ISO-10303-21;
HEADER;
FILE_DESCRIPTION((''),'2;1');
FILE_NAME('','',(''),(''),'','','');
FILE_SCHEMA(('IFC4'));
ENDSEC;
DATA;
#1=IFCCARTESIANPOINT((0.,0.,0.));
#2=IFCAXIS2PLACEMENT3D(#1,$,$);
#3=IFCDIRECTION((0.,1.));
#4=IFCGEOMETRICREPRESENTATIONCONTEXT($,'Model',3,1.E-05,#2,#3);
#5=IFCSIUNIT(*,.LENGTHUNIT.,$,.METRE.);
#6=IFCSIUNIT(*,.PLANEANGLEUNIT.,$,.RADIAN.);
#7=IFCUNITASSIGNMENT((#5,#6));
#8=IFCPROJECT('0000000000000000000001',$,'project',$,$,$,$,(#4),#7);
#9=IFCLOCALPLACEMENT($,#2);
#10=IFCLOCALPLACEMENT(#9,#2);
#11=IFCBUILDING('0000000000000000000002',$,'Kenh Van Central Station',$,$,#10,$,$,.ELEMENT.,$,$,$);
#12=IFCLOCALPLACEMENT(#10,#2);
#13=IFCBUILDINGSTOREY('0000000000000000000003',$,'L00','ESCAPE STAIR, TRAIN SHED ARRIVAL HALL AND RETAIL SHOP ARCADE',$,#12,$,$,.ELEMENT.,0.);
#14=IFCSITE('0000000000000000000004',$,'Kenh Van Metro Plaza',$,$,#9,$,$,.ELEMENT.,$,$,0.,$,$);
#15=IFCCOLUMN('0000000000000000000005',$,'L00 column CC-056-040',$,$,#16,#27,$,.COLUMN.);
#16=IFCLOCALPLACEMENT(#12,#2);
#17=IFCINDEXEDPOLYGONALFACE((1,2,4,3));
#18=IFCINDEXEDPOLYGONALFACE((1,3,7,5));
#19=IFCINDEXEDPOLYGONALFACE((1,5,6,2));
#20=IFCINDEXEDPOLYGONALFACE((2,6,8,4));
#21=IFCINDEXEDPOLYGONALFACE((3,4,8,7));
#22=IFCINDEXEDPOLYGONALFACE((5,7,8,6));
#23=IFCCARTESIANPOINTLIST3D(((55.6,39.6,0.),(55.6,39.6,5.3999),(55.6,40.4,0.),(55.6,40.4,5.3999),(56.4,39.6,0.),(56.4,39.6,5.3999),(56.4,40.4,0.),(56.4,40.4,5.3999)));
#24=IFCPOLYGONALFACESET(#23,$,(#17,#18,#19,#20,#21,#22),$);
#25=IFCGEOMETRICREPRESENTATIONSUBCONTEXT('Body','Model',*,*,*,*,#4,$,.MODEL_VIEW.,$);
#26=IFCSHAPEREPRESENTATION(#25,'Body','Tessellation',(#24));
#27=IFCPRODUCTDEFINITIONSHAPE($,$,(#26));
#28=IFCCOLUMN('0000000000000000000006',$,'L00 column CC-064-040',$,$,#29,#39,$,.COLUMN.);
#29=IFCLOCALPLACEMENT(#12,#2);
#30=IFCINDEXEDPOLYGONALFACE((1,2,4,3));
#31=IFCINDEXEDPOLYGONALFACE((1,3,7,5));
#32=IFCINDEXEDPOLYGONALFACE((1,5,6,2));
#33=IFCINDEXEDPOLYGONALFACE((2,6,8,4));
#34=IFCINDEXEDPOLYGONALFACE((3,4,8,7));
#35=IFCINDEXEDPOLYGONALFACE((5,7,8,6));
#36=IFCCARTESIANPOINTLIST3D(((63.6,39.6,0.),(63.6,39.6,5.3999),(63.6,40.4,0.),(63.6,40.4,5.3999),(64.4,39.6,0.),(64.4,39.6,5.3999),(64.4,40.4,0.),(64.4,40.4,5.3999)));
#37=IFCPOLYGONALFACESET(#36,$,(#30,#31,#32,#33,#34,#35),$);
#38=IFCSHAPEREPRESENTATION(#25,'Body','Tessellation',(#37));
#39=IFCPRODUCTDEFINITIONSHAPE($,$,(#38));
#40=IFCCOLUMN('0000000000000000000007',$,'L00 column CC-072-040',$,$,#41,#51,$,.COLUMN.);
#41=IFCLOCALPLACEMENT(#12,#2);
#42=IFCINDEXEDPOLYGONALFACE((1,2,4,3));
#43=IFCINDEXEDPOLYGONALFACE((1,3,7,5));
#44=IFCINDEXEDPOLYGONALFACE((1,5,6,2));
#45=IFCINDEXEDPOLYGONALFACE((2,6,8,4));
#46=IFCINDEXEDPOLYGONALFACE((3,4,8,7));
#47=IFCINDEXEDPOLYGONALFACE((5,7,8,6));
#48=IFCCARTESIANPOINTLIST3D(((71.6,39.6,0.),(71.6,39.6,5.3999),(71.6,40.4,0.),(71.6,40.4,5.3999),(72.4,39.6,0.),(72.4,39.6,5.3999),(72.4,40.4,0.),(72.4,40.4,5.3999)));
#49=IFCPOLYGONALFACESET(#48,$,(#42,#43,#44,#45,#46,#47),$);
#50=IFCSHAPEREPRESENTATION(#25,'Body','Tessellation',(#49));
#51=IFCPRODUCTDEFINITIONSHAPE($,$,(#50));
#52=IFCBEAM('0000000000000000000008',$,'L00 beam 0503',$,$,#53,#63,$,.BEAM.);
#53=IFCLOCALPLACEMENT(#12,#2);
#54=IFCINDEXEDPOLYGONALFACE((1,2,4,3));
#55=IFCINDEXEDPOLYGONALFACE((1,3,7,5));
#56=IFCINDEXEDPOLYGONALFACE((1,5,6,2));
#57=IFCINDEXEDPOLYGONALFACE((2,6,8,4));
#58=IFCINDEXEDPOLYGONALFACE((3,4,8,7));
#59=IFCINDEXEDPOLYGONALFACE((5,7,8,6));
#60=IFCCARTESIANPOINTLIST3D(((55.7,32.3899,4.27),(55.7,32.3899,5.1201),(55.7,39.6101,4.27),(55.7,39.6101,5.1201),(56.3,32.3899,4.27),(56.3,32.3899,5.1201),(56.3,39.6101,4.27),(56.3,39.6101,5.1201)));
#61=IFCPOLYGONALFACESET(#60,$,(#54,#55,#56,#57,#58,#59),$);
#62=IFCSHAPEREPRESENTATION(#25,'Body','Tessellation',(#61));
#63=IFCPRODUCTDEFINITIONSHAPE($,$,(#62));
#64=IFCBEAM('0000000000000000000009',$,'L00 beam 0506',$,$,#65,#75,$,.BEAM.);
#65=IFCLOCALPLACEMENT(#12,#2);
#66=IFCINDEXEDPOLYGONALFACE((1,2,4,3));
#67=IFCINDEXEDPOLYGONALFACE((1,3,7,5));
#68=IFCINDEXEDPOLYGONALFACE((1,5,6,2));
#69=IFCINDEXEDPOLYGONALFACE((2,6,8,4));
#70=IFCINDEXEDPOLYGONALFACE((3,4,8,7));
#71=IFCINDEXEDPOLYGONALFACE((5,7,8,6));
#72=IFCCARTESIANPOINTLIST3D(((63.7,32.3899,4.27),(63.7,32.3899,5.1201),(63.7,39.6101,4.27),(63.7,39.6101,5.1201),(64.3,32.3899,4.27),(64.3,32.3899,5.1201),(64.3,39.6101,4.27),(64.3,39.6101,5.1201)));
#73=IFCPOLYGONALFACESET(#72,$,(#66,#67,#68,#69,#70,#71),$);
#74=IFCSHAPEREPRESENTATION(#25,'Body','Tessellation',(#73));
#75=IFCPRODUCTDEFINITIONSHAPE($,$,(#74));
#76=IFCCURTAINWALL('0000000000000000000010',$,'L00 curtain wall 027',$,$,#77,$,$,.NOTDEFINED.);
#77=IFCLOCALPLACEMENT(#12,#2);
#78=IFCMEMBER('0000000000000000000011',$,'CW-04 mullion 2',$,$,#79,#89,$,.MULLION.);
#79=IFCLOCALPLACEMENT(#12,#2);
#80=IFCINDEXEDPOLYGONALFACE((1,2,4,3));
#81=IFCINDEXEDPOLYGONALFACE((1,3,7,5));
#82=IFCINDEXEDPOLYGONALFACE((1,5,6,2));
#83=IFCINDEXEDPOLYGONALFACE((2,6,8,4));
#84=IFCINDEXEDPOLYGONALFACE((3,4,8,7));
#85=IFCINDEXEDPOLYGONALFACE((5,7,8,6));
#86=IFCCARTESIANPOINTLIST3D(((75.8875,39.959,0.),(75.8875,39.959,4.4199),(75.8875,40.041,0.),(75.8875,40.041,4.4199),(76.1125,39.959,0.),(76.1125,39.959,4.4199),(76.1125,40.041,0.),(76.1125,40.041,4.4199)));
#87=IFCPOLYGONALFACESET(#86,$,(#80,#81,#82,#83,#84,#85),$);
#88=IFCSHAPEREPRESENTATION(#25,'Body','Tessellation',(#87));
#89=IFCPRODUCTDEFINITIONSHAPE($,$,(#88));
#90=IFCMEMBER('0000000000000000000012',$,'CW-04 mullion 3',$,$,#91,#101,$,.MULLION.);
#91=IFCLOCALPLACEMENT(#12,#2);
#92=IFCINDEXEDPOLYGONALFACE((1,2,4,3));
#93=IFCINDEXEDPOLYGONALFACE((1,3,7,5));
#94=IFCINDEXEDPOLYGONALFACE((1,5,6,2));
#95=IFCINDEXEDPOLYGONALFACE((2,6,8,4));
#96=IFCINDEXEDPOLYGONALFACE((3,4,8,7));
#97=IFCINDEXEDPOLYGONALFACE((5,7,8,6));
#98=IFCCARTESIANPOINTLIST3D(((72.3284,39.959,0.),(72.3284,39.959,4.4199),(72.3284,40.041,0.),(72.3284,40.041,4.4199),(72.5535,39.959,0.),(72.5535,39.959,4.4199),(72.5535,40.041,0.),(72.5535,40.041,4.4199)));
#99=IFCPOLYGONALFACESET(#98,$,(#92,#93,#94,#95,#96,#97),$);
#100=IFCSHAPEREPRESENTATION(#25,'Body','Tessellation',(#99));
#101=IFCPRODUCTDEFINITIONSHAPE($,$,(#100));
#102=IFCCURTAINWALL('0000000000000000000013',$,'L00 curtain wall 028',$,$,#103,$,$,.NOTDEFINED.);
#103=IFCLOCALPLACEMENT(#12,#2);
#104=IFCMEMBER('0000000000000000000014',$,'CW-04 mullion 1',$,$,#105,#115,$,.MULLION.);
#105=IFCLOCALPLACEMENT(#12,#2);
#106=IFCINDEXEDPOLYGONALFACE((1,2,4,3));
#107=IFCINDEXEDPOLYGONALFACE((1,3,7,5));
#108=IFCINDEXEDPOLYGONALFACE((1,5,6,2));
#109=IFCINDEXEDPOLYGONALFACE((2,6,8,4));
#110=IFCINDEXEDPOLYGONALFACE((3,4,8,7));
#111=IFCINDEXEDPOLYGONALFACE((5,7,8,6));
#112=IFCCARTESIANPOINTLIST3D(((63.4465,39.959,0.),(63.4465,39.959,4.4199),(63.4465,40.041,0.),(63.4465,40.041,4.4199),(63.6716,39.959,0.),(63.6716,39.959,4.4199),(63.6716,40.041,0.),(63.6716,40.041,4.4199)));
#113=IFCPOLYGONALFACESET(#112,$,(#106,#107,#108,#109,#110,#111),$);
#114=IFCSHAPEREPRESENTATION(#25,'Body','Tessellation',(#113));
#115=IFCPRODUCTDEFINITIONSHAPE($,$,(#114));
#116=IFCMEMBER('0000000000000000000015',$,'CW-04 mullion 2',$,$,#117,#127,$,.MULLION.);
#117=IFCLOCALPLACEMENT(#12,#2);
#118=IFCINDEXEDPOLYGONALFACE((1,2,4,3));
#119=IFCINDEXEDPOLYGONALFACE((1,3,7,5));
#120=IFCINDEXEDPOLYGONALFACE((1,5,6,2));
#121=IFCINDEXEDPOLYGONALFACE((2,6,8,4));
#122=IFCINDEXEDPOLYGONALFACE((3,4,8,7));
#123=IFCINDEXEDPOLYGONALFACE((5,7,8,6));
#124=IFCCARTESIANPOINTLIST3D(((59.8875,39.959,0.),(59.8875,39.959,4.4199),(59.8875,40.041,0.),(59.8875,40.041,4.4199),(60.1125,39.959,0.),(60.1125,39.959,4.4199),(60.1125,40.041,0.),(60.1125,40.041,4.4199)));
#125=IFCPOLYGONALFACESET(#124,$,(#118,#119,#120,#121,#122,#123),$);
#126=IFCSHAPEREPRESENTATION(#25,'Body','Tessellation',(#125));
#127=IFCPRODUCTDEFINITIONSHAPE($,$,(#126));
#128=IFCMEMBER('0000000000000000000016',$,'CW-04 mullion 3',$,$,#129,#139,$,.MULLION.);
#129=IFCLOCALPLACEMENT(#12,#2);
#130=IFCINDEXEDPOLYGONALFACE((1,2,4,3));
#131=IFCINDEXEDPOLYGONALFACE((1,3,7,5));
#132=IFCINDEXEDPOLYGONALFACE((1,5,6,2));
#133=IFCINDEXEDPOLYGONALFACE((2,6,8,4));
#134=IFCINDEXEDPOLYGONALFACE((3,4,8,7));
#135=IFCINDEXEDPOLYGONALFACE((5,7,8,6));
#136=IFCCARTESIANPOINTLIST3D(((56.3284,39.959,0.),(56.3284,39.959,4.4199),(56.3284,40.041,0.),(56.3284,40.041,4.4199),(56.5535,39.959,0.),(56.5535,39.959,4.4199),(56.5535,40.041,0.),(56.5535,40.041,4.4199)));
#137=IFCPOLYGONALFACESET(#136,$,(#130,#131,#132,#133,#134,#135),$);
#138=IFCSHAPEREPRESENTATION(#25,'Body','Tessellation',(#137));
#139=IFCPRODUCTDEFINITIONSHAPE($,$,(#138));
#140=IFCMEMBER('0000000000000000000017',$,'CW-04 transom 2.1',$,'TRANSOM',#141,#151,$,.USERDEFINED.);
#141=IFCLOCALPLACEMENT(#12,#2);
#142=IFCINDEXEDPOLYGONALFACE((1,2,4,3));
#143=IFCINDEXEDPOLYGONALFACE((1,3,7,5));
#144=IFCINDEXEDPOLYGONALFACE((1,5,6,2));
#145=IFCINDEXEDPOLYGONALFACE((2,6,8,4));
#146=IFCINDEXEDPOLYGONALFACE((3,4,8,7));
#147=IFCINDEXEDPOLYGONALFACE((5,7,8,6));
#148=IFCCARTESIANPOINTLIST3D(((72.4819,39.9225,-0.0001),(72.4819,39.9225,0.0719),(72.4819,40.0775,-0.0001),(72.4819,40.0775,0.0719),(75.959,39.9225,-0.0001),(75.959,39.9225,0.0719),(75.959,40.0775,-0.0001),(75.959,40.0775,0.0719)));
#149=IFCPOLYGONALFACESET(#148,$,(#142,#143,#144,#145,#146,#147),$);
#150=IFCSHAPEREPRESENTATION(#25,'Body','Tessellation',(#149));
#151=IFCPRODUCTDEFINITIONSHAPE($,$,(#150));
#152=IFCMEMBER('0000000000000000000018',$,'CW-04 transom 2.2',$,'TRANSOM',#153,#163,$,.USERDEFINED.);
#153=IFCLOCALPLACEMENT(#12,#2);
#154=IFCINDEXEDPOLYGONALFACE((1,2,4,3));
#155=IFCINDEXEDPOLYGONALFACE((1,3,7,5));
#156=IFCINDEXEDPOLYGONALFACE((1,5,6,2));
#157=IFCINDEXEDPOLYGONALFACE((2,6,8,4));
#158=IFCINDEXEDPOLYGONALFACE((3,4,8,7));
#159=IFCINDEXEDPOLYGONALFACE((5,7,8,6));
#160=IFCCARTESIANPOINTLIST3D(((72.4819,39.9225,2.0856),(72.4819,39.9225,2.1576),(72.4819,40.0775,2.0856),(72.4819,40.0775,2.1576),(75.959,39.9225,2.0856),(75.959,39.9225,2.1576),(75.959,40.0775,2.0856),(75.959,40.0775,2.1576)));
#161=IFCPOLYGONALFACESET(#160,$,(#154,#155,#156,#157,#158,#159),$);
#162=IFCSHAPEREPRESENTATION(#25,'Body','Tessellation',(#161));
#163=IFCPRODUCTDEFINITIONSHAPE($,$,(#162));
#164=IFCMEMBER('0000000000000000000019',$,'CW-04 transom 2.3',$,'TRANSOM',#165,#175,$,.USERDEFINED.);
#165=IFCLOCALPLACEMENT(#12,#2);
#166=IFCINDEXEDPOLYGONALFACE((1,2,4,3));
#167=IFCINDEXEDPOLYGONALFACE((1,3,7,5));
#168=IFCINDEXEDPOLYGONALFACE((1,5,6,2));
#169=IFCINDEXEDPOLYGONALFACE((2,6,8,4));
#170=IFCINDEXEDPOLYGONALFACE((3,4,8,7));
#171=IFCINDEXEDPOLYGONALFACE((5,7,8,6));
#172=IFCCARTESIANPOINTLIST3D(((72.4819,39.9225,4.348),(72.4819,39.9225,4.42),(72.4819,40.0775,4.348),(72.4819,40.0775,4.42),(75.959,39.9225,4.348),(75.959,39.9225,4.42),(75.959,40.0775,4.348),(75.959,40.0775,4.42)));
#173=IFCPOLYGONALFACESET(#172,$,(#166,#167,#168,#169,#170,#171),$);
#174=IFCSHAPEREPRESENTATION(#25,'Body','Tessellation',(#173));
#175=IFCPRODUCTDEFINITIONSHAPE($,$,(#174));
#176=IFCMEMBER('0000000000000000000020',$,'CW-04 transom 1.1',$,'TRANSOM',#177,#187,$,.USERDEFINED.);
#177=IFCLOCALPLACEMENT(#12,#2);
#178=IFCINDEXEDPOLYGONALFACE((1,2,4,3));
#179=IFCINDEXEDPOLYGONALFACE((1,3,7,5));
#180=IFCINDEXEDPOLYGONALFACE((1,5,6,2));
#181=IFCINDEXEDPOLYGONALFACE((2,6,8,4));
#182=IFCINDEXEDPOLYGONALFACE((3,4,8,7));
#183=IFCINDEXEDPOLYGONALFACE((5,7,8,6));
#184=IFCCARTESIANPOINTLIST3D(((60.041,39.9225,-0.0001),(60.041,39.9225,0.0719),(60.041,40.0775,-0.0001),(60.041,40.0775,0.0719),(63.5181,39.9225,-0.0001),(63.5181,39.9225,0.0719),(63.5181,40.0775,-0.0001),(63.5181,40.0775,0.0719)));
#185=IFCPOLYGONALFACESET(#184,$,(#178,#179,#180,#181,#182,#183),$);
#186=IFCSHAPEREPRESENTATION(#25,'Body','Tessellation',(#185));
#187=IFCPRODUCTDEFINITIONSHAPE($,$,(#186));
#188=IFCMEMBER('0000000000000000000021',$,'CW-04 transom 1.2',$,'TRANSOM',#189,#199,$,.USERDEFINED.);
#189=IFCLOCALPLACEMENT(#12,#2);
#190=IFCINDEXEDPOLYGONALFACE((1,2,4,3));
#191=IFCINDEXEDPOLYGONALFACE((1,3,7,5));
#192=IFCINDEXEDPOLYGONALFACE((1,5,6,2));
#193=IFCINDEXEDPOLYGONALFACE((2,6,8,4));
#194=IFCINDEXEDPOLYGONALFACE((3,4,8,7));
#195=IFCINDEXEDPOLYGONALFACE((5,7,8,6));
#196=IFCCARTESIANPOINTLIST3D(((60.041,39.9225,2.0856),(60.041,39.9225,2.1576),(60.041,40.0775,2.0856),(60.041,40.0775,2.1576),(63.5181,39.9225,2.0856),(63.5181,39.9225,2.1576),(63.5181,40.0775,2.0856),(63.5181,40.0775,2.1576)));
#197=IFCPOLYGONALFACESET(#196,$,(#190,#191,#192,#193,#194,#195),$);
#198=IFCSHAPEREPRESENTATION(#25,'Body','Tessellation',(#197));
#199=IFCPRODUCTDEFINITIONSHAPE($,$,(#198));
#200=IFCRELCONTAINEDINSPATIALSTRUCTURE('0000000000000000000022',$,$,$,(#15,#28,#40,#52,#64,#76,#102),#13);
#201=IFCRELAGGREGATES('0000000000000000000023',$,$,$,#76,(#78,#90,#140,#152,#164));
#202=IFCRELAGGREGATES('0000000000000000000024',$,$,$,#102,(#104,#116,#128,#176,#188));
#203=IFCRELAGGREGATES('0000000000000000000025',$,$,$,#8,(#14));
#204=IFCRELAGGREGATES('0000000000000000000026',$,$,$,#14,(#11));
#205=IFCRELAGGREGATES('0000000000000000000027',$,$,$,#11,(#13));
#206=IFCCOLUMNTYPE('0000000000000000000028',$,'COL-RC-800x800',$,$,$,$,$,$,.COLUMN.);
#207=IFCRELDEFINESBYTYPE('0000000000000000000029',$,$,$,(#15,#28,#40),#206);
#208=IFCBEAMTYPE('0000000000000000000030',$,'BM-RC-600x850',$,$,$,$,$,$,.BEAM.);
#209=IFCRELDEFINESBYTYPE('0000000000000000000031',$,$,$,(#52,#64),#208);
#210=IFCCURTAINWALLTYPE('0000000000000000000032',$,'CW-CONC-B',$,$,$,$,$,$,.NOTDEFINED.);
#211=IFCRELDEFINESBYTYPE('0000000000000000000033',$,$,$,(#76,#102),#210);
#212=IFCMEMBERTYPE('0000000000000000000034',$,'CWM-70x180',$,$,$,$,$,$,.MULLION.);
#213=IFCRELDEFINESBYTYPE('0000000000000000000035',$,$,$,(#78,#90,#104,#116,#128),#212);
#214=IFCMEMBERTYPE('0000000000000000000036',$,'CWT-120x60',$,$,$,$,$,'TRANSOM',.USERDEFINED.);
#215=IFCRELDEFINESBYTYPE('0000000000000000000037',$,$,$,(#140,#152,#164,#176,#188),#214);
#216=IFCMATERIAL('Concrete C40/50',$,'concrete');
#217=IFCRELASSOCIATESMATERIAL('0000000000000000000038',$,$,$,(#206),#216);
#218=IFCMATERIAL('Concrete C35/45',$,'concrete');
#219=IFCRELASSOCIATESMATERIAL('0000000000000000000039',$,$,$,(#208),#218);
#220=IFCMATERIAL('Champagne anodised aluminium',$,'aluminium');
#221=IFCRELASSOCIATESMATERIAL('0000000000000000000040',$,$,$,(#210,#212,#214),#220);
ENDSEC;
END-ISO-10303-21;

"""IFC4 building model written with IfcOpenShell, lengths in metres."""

from ifc_helpers import new_model, si_unit, direction, frame, origin, origin_2d, place, context, subcontext, project, spatial, rectangle, extrude, material, material_profile, profile_set, type_object, element, aggregate, save


model = new_model("IFC4")

# Units and contexts
model_context = context("Model", 3, precision=1e-05, world=origin(), true_north=direction((0.0, 1.0)))
body_context = subcontext(model_context, "Body", "Model", "MODEL_VIEW")
ifc_project = project(units=[si_unit("LENGTHUNIT", "METRE"), si_unit("PLANEANGLEUNIT", "RADIAN")], contexts=[model_context])

# Site, building, storey
site_placement = place(None, origin())
site = spatial("IfcSite", under=ifc_project, at=site_placement, Name="Kenh Van Metro Plaza", CompositionType="ELEMENT", RefElevation=0.0)
building_placement = place(site_placement, origin())
building = spatial("IfcBuilding", under=site, at=building_placement, Name="Kenh Van Central Station", CompositionType="ELEMENT")
storey_placement = place(building_placement, origin())
storey = spatial("IfcBuildingStorey", under=building, at=storey_placement, Name="L00", Description="ESCAPE STAIR, TRAIN SHED ARRIVAL HALL AND RETAIL SHOP ARCADE", CompositionType="ELEMENT", Elevation=0.0)

# Columns
ifc_material_1 = material(Name="Concrete C40/50", Category="concrete")
ifc_material_profile_1 = material_profile(ifc_material_1, rectangle(XDim=0.8, YDim=0.8, at=origin_2d()), Name="RC 800x800")
ifc_profile_set_1 = profile_set([ifc_material_profile_1], Name="Concrete C40/50")
column_type = type_object("IfcColumnType", Name="COL-RC-800x800", PredefinedType="COLUMN", material=ifc_profile_set_1)
for number, where, z_axis, x_axis, name in (
    (1, (56.0, 40.0, 0.0), (0.0, 0.0, 1.0), (1.0, 0.0, 0.0), "L00 column CC-056-040"),
    (2, (64.0, 40.0, 0.0), (0.0, 0.0, 1.0), (1.0, 0.0, 0.0), "L00 column CC-064-040"),
    (3, (72.0, 40.0, 0.0), (0.0, 0.0, 1.0), (1.0, 0.0, 0.0), "L00 column CC-072-040"),
):
    element("IfcColumn", number, at=place(storey_placement, frame(where, z_axis=z_axis, x_axis=x_axis)), inside=storey, type_object=column_type, Name=name, PredefinedType="COLUMN", context=body_context, shape_type="SweptSolid", body=[
        extrude(rectangle(XDim=0.8, YDim=0.8, at=origin_2d()), origin(), (0.0, 0.0, 1.0), 5.3999),
    ])

# Beams
ifc_material_2 = material(Name="Concrete C35/45", Category="concrete")
ifc_material_profile_2 = material_profile(ifc_material_2, rectangle(XDim=0.6001, YDim=0.8501, at=origin_2d()), Name="RC 600x850")
ifc_profile_set_2 = profile_set([ifc_material_profile_2], Name="Concrete C35/45")
beam_type_1 = type_object("IfcBeamType", Name="BM-RC-600x850", PredefinedType="BEAM", material=ifc_profile_set_2)
for number, where, z_axis, x_axis, name in (
    (4, (56.0, 32.3899, 4.6951), (0.0, 1.0, 0.0), (-1.0, 0.0, 0.0), "L00 beam 0503"),
    (5, (64.0, 32.3899, 4.6951), (0.0, 1.0, 0.0), (-1.0, 0.0, 0.0), "L00 beam 0506"),
):
    element("IfcBeam", number, at=place(storey_placement, frame(where, z_axis=z_axis, x_axis=x_axis)), inside=storey, type_object=beam_type_1, Name=name, PredefinedType="BEAM", context=body_context, shape_type="SweptSolid", body=[
        extrude(rectangle(XDim=0.6001, YDim=0.8501, at=origin_2d()), origin(), (0.0, 0.0, 1.0), 7.2202),
    ])

# Curtain walls, members
ifc_material_3 = material(Name="Champagne anodised aluminium", Category="aluminium")
curtain_wall_type = type_object("IfcCurtainWallType", Name="CW-CONC-B", PredefinedType="NOTDEFINED", material=ifc_material_3)
curtain_wall_1_placement = place(storey_placement, origin())
curtain_wall_1 = element("IfcCurtainWall", 6, at=curtain_wall_1_placement, inside=storey, type_object=curtain_wall_type, Name="L00 curtain wall 027", PredefinedType="NOTDEFINED")
ifc_material_profile_3 = material_profile(ifc_material_3, rectangle(XDim=0.082, YDim=0.2251, at=origin_2d()), Name="AL 82x225")
ifc_profile_set_3 = profile_set([ifc_material_profile_3], Name="Champagne anodised aluminium")
member_type_1 = type_object("IfcMemberType", Name="CWM-70x180", PredefinedType="MULLION", material=ifc_profile_set_3)
member_1_placement = place(storey_placement, frame((76.0, 40.0, 0.0), z_axis=(0.0, 0.0, 1.0), x_axis=(0.0, -1.0, 0.0)))
member_1 = element("IfcMember", 7, at=member_1_placement, type_object=member_type_1, Name="CW-04 mullion 2", PredefinedType="MULLION", context=body_context, shape_type="SweptSolid", body=[
    extrude(rectangle(XDim=0.082, YDim=0.2251, at=origin_2d()), origin(), (0.0, 0.0, 1.0), 4.4199),
])
member_2_placement = place(storey_placement, frame((72.4409, 40.0, 0.0), z_axis=(0.0, 0.0, 1.0), x_axis=(0.0, -1.0, 0.0)))
member_2 = element("IfcMember", 8, at=member_2_placement, type_object=member_type_1, Name="CW-04 mullion 3", PredefinedType="MULLION", context=body_context, shape_type="SweptSolid", body=[
    extrude(rectangle(XDim=0.082, YDim=0.2251, at=origin_2d()), origin(), (0.0, 0.0, 1.0), 4.4199),
])
curtain_wall_2_placement = place(storey_placement, origin())
curtain_wall_2 = element("IfcCurtainWall", 9, at=curtain_wall_2_placement, inside=storey, type_object=curtain_wall_type, Name="L00 curtain wall 028", PredefinedType="NOTDEFINED")
member_3_placement = place(storey_placement, frame((63.5591, 40.0, 0.0), z_axis=(0.0, 0.0, 1.0), x_axis=(0.0, -1.0, 0.0)))
member_3 = element("IfcMember", 10, at=member_3_placement, type_object=member_type_1, Name="CW-04 mullion 1", PredefinedType="MULLION", context=body_context, shape_type="SweptSolid", body=[
    extrude(rectangle(XDim=0.082, YDim=0.2251, at=origin_2d()), origin(), (0.0, 0.0, 1.0), 4.4199),
])
member_4_placement = place(storey_placement, frame((60.0, 40.0, 0.0), z_axis=(0.0, 0.0, 1.0), x_axis=(0.0, -1.0, 0.0)))
member_4 = element("IfcMember", 11, at=member_4_placement, type_object=member_type_1, Name="CW-04 mullion 2", PredefinedType="MULLION", context=body_context, shape_type="SweptSolid", body=[
    extrude(rectangle(XDim=0.082, YDim=0.2251, at=origin_2d()), origin(), (0.0, 0.0, 1.0), 4.4199),
])
member_5_placement = place(storey_placement, frame((56.4409, 40.0, 0.0), z_axis=(0.0, 0.0, 1.0), x_axis=(0.0, -1.0, 0.0)))
member_5 = element("IfcMember", 12, at=member_5_placement, type_object=member_type_1, Name="CW-04 mullion 3", PredefinedType="MULLION", context=body_context, shape_type="SweptSolid", body=[
    extrude(rectangle(XDim=0.082, YDim=0.2251, at=origin_2d()), origin(), (0.0, 0.0, 1.0), 4.4199),
])

# Members
ifc_material_profile_4 = material_profile(ifc_material_3, rectangle(XDim=0.155, YDim=0.072, at=origin_2d()), Name="AL 155x72")
ifc_profile_set_4 = profile_set([ifc_material_profile_4], Name="Champagne anodised aluminium")
member_type_2 = type_object("IfcMemberType", Name="CWT-120x60", ElementType="TRANSOM", PredefinedType="USERDEFINED", material=ifc_profile_set_4)
member_6_placement = place(storey_placement, frame((75.959, 40.0, 0.0359), z_axis=(-1.0, 0.0, 0.0), x_axis=(0.0, -1.0, 0.0)))
member_6 = element("IfcMember", 13, at=member_6_placement, type_object=member_type_2, Name="CW-04 transom 2.1", ObjectType="TRANSOM", PredefinedType="USERDEFINED", context=body_context, shape_type="SweptSolid", body=[
    extrude(rectangle(XDim=0.155, YDim=0.072, at=origin_2d()), origin(), (0.0, 0.0, 1.0), 3.4771),
])
member_7_placement = place(storey_placement, frame((75.959, 40.0, 2.1216), z_axis=(-1.0, 0.0, 0.0), x_axis=(0.0, -1.0, 0.0)))
member_7 = element("IfcMember", 14, at=member_7_placement, type_object=member_type_2, Name="CW-04 transom 2.2", ObjectType="TRANSOM", PredefinedType="USERDEFINED", context=body_context, shape_type="SweptSolid", body=[
    extrude(rectangle(XDim=0.155, YDim=0.072, at=origin_2d()), origin(), (0.0, 0.0, 1.0), 3.4771),
])
member_8_placement = place(storey_placement, frame((75.959, 40.0, 4.384), z_axis=(-1.0, 0.0, 0.0), x_axis=(0.0, -1.0, 0.0)))
member_8 = element("IfcMember", 15, at=member_8_placement, type_object=member_type_2, Name="CW-04 transom 2.3", ObjectType="TRANSOM", PredefinedType="USERDEFINED", context=body_context, shape_type="SweptSolid", body=[
    extrude(rectangle(XDim=0.155, YDim=0.072, at=origin_2d()), origin(), (0.0, 0.0, 1.0), 3.4771),
])
member_9_placement = place(storey_placement, frame((63.5181, 40.0, 0.0359), z_axis=(-1.0, 0.0, 0.0), x_axis=(0.0, -1.0, 0.0)))
member_9 = element("IfcMember", 16, at=member_9_placement, type_object=member_type_2, Name="CW-04 transom 1.1", ObjectType="TRANSOM", PredefinedType="USERDEFINED", context=body_context, shape_type="SweptSolid", body=[
    extrude(rectangle(XDim=0.155, YDim=0.072, at=origin_2d()), origin(), (0.0, 0.0, 1.0), 3.4771),
])
member_10_placement = place(storey_placement, frame((63.5181, 40.0, 2.1216), z_axis=(-1.0, 0.0, 0.0), x_axis=(0.0, -1.0, 0.0)))
member_10 = element("IfcMember", 17, at=member_10_placement, type_object=member_type_2, Name="CW-04 transom 1.2", ObjectType="TRANSOM", PredefinedType="USERDEFINED", context=body_context, shape_type="SweptSolid", body=[
    extrude(rectangle(XDim=0.155, YDim=0.072, at=origin_2d()), origin(), (0.0, 0.0, 1.0), 3.4771),
])

aggregate(curtain_wall_1, [member_1, member_2, member_6, member_7, member_8])
aggregate(curtain_wall_2, [member_3, member_4, member_5, member_9, member_10])

save(model, "model.ifc")
